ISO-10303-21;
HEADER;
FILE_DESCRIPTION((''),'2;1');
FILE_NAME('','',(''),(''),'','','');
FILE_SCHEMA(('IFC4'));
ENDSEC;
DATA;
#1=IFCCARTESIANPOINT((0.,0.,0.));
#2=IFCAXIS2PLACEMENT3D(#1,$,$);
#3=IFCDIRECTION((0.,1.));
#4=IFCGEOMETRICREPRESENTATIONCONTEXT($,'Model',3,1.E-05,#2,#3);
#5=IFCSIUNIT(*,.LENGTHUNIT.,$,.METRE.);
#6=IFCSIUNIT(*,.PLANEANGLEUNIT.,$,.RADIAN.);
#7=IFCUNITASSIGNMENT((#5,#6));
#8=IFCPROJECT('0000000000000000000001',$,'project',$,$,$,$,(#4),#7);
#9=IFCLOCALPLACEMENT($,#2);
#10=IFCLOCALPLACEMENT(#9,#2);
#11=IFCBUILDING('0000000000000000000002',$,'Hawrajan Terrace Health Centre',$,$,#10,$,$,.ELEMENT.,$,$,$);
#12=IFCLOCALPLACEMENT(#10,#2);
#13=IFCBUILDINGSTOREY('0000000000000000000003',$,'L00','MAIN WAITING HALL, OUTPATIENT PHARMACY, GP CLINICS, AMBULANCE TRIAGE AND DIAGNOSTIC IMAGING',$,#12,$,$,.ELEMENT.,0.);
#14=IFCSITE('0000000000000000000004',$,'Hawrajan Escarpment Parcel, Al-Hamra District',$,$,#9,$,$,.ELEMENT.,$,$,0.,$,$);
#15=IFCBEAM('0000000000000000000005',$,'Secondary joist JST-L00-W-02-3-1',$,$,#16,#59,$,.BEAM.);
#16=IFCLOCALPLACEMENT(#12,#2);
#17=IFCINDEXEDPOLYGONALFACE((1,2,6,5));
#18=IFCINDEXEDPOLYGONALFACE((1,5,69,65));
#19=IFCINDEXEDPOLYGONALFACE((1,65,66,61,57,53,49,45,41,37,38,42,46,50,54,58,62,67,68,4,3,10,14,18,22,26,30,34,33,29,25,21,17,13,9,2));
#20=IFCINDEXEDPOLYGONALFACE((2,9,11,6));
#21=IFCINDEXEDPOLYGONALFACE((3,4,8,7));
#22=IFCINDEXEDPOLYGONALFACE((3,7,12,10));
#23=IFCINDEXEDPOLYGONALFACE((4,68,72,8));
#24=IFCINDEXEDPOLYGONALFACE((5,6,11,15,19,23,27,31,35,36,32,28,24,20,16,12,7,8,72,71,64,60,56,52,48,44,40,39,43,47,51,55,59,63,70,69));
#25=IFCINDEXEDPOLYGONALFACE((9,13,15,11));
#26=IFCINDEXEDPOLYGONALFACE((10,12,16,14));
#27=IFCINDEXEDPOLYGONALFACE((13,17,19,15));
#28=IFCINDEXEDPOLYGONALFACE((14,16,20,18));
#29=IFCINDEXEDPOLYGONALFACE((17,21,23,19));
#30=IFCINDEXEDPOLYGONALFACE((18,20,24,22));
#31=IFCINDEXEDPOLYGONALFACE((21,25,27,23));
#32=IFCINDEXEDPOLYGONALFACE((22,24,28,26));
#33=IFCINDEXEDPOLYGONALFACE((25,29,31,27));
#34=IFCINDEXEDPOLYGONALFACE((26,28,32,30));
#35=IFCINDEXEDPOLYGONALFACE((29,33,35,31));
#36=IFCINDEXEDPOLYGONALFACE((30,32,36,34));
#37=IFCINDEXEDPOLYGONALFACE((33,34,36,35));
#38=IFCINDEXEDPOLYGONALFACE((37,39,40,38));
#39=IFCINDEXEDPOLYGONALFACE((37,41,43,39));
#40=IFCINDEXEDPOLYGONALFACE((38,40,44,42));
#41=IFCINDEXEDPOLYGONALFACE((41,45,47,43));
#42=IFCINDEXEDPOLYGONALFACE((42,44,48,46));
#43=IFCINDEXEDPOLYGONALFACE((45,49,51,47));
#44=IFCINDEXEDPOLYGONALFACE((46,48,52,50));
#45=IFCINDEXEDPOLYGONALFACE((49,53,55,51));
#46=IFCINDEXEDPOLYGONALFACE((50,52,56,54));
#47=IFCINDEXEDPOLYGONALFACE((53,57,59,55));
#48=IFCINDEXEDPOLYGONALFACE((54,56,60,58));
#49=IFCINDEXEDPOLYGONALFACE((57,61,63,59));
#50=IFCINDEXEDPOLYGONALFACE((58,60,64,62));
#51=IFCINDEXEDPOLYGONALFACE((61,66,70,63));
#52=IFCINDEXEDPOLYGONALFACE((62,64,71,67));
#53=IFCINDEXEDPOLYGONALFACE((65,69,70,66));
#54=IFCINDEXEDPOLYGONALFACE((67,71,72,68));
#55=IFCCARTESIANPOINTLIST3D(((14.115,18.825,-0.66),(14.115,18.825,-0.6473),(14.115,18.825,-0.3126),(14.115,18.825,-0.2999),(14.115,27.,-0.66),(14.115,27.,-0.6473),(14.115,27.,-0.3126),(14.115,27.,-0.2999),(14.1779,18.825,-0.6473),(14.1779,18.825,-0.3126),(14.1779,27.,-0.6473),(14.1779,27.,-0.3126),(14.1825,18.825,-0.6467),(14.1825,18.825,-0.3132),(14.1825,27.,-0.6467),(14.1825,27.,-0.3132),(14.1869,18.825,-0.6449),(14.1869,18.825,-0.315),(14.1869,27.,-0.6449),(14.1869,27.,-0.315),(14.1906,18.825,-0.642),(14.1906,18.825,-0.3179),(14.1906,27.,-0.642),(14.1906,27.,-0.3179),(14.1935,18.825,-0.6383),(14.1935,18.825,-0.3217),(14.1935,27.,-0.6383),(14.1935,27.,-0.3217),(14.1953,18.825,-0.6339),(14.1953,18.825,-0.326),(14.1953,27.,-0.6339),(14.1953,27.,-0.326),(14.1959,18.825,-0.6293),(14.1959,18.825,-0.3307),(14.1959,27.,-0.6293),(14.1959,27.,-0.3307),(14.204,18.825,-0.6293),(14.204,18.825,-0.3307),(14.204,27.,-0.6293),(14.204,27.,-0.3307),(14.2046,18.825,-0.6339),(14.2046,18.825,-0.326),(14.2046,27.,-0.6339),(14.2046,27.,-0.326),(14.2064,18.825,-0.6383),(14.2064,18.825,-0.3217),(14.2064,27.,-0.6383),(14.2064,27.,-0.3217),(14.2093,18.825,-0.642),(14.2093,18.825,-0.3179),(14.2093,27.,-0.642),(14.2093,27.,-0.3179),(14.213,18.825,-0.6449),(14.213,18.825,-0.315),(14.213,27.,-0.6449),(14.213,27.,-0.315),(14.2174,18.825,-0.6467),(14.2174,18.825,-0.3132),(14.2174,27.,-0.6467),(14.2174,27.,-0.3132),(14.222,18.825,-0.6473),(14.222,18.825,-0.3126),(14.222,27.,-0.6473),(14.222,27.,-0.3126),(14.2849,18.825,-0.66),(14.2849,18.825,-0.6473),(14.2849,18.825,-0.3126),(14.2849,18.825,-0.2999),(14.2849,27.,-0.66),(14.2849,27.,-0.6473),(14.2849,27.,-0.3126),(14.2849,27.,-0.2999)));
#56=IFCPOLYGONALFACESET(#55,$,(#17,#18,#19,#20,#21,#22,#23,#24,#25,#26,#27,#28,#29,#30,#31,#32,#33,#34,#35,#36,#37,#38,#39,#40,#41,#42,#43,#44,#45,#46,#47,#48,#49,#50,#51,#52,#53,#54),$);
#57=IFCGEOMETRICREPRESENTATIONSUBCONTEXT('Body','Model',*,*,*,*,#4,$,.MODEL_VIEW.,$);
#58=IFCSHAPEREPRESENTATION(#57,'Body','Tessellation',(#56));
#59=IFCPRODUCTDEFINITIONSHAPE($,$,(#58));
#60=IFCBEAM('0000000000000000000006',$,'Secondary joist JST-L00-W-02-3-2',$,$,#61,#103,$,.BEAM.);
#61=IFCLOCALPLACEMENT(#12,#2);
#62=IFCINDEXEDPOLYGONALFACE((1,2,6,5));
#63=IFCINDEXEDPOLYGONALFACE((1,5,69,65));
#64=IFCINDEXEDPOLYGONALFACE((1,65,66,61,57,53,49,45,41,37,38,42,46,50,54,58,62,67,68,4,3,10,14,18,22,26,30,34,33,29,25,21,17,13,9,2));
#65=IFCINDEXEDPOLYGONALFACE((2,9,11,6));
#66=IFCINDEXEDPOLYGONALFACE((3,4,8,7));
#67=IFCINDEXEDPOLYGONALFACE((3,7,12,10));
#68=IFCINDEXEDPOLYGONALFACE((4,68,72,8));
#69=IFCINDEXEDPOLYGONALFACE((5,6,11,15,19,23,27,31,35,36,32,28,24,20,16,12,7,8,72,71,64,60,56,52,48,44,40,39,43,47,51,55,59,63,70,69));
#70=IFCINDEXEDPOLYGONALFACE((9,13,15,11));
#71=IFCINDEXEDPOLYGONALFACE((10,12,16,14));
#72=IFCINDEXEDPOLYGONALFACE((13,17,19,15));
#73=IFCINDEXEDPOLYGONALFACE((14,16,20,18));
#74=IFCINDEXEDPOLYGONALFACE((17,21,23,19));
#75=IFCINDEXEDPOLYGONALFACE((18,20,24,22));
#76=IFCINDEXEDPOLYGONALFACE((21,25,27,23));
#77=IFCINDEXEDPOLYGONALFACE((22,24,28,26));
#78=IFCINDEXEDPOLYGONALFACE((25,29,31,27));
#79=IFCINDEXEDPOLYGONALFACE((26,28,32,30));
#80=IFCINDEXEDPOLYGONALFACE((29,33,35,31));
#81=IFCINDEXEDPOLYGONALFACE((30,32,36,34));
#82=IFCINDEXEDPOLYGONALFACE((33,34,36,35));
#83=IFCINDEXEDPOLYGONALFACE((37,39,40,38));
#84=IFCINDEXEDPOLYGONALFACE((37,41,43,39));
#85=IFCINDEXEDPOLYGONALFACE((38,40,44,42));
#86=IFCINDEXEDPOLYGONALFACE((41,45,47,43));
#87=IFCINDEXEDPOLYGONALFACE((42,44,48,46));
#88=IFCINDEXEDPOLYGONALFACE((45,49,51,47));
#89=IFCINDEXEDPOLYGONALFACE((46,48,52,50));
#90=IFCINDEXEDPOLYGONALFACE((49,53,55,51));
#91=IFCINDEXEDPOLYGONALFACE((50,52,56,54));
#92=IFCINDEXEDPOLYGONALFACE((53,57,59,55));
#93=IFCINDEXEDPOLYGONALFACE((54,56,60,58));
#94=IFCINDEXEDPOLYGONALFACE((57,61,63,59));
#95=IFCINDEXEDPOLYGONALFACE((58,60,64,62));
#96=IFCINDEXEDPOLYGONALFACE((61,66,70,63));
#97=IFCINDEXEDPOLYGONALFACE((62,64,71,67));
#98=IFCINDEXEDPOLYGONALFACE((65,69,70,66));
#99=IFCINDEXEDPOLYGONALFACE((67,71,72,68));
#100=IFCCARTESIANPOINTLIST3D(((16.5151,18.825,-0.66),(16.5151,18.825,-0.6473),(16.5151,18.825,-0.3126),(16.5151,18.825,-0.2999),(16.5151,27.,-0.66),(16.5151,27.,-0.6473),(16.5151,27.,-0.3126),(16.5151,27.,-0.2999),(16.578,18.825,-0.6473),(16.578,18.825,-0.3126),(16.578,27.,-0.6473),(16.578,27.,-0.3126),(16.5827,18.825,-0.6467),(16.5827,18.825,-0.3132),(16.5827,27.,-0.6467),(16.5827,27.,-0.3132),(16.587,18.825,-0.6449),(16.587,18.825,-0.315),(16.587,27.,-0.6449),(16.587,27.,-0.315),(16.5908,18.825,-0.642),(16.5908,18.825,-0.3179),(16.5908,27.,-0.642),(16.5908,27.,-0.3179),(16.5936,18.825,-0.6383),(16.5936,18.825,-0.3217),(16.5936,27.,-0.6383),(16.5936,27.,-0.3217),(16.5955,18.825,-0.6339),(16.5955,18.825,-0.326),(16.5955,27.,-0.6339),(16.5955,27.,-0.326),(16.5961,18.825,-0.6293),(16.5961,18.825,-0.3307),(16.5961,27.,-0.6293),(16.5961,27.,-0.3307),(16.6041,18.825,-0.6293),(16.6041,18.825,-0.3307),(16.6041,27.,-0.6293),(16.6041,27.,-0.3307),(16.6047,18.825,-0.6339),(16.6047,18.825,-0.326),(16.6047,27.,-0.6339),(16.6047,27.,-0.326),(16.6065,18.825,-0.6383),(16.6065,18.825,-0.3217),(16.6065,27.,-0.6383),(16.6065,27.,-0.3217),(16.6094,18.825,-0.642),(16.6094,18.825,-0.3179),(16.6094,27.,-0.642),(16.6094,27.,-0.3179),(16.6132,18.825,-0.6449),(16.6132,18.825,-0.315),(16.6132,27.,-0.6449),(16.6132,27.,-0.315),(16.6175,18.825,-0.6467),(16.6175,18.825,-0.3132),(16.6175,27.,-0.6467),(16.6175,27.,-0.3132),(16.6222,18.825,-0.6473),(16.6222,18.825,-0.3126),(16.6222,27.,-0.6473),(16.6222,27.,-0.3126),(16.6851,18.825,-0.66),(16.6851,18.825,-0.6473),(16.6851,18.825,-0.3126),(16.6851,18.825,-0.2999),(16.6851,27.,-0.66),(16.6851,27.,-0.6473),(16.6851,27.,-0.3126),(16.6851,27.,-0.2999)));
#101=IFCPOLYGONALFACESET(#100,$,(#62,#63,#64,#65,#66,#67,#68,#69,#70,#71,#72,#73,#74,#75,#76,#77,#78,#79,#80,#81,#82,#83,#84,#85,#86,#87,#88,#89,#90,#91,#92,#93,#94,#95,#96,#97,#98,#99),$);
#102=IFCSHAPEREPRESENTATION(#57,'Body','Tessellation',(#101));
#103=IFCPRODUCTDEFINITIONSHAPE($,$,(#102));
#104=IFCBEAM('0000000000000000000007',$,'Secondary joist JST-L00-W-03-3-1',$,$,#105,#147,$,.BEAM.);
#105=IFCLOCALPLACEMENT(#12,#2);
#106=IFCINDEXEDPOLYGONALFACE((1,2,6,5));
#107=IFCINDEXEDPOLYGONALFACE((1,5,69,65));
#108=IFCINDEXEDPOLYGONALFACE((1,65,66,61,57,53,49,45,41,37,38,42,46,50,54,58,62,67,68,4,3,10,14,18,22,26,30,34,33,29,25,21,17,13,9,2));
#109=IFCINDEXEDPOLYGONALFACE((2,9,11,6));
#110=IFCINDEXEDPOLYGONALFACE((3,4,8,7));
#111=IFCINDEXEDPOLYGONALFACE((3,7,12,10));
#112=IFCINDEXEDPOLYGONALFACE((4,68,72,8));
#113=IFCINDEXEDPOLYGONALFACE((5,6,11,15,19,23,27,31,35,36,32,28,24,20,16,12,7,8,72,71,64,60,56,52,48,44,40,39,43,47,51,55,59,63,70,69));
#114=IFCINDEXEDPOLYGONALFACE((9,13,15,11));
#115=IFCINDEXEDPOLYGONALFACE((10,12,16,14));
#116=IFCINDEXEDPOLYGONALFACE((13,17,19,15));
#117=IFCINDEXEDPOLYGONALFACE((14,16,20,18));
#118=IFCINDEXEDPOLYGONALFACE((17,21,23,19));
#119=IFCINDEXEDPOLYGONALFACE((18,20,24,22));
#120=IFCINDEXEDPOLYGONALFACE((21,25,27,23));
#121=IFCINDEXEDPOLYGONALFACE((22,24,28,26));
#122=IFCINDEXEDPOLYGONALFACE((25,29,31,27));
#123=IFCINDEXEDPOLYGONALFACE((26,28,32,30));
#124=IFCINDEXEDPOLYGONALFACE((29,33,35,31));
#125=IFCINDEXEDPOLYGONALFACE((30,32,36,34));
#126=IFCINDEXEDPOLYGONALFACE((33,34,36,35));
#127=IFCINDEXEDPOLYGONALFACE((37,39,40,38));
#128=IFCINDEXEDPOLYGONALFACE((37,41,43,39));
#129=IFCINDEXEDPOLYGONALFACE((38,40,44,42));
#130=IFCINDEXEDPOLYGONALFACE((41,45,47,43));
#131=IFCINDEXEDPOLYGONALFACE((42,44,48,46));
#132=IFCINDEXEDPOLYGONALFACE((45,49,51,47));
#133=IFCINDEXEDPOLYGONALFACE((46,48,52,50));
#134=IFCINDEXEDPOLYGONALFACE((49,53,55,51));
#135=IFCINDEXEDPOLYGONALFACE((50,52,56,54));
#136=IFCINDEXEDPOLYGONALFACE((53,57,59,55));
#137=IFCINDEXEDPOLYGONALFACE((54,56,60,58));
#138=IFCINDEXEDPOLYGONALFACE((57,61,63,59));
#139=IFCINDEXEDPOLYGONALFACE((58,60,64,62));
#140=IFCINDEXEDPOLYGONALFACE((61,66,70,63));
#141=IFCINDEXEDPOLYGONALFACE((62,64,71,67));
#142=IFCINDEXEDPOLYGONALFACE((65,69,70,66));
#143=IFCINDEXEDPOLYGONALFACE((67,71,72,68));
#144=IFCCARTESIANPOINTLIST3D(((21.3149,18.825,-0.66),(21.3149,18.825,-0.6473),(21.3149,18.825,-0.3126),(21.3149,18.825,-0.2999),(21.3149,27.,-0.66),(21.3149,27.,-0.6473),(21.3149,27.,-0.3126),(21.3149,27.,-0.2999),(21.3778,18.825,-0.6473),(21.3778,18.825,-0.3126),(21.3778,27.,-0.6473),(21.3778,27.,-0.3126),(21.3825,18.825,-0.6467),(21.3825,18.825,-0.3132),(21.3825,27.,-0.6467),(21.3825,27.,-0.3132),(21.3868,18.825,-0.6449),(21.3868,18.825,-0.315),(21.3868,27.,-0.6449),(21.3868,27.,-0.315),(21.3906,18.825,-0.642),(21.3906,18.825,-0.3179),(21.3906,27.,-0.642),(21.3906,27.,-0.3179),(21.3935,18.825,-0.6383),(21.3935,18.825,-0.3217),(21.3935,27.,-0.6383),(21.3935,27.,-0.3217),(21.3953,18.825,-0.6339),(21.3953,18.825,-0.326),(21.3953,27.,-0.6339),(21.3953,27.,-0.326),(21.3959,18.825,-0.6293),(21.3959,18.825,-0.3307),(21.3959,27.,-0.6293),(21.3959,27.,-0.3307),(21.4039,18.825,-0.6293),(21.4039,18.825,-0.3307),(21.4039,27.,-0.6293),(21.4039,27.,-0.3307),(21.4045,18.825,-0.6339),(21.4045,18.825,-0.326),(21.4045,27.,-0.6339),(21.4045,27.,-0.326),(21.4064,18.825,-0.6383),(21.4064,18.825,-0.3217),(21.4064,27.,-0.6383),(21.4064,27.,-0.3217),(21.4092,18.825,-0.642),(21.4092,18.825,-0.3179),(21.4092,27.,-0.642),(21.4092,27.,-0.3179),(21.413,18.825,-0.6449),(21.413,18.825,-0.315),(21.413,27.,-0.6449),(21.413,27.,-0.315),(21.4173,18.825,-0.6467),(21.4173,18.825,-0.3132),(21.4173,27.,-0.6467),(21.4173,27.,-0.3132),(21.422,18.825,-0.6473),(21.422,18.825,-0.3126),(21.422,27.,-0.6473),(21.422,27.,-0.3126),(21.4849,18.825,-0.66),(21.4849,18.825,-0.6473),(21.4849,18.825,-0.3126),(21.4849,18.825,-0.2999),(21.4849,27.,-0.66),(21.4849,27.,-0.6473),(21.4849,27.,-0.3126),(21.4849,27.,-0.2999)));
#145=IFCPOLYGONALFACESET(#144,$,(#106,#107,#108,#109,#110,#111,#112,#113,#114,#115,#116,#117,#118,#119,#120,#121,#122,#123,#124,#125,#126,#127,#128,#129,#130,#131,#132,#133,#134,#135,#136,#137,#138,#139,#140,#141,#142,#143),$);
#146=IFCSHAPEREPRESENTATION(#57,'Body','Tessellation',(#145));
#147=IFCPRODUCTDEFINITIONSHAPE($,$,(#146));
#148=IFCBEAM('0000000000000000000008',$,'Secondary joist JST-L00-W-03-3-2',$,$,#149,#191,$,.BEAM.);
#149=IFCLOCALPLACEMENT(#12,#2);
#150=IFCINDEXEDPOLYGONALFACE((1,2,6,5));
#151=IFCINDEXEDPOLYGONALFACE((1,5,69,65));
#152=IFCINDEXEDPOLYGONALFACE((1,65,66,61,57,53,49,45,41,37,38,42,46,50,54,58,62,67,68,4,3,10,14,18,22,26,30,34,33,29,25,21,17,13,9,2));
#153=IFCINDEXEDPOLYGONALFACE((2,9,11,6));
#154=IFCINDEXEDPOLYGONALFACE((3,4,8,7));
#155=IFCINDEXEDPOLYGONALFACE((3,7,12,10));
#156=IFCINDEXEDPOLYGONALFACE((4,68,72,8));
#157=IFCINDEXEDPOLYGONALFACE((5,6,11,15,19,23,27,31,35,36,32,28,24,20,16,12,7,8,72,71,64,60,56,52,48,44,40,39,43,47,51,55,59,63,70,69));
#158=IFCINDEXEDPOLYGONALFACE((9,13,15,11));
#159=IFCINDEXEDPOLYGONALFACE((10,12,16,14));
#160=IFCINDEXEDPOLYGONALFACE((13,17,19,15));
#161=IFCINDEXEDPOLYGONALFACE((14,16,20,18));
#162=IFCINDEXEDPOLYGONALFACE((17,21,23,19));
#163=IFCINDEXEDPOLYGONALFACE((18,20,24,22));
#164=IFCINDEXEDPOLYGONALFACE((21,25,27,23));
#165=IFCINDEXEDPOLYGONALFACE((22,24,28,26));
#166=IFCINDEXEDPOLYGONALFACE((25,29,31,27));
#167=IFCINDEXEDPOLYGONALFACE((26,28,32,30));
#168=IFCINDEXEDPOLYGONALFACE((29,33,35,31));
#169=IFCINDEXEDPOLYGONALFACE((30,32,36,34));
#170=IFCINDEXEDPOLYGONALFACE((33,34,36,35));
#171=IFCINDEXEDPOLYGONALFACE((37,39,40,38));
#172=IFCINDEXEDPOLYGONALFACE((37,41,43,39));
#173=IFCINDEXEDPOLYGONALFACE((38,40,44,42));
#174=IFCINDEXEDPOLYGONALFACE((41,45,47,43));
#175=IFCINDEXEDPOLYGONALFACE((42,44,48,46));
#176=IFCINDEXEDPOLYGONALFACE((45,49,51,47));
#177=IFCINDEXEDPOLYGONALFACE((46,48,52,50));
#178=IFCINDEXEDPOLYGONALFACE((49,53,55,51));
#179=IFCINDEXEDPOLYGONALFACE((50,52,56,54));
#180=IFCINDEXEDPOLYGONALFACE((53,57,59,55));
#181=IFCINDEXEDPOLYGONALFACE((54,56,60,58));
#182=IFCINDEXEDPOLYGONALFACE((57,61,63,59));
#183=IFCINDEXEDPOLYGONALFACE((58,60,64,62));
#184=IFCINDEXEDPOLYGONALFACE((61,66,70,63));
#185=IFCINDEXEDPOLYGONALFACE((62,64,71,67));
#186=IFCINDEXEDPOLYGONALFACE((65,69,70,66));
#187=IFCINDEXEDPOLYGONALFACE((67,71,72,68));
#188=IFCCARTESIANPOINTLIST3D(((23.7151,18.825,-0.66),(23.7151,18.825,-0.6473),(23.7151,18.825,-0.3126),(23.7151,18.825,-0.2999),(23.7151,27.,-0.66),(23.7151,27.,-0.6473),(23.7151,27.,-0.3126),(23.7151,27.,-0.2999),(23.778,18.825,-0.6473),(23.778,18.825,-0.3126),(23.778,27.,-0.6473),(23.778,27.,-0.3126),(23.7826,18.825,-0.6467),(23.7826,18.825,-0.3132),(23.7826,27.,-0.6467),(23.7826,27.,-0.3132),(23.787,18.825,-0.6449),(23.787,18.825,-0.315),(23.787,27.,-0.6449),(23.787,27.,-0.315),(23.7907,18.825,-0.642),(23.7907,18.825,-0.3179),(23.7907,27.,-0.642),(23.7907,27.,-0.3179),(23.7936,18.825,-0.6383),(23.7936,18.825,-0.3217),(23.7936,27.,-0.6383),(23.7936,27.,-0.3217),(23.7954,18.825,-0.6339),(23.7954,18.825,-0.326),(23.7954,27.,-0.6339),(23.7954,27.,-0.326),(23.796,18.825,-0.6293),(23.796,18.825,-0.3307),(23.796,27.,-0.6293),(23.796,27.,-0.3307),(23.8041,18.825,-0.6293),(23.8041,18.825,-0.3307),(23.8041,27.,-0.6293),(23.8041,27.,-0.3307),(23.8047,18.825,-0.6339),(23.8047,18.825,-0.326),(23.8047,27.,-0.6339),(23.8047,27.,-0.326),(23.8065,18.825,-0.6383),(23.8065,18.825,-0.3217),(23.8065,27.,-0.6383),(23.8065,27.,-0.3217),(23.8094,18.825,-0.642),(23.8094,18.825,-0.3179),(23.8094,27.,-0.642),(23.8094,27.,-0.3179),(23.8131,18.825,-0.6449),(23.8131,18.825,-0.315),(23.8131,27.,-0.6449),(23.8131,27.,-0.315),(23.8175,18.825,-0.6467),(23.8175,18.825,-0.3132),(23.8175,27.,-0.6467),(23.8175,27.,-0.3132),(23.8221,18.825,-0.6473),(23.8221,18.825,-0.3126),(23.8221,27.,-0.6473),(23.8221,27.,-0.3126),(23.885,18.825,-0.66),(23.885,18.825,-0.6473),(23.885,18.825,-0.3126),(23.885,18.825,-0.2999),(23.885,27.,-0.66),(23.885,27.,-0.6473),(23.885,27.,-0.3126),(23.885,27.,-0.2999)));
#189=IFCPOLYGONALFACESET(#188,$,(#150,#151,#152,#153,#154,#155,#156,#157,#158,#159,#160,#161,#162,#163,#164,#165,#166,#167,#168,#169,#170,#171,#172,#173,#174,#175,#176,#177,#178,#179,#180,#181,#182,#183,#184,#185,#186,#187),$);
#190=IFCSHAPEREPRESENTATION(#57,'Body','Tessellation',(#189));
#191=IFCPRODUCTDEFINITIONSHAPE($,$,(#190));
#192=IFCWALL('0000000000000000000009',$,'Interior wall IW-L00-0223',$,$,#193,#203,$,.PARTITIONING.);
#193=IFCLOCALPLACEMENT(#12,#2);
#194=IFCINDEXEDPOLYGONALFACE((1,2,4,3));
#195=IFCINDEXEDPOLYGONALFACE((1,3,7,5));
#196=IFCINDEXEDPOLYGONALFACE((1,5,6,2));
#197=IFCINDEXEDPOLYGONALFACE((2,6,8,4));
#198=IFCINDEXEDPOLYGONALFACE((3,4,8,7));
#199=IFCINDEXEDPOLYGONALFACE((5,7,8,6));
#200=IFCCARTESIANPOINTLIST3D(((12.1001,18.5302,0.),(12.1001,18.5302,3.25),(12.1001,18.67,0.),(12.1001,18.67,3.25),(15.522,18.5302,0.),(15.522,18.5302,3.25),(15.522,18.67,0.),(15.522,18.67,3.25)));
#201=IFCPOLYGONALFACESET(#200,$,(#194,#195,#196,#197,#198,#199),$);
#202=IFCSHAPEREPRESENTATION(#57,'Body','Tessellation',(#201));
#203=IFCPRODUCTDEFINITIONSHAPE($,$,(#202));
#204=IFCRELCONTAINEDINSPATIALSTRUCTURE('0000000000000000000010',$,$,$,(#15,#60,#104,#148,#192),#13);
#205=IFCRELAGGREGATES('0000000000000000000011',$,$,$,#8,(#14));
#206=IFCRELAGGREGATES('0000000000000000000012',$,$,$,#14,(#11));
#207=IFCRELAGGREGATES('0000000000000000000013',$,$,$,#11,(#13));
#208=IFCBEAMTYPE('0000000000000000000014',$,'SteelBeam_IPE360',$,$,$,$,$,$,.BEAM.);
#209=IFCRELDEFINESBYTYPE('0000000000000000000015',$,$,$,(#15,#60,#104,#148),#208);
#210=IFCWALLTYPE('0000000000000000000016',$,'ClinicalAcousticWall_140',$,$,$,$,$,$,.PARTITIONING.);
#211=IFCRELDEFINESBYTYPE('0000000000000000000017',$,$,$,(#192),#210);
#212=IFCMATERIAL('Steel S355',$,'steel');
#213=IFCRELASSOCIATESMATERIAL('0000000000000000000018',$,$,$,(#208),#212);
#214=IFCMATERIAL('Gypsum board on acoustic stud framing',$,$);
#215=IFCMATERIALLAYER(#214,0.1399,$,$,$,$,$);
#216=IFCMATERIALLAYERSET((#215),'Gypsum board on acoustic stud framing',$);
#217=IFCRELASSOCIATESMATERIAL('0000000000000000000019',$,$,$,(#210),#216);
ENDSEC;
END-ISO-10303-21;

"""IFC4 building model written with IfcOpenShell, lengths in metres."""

from ifc_helpers import new_model, si_unit, direction, frame, frame_2d, origin, origin_2d, place, context, subcontext, project, spatial, rectangle, i_section, extrude, material, layer, layer_set, material_profile, profile_set, type_object, element, save


model = new_model("IFC4")

# Units and contexts
model_context = context("Model", 3, precision=1e-05, world=origin(), true_north=direction((0.0, 1.0)))
body_context = subcontext(model_context, "Body", "Model", "MODEL_VIEW")
ifc_project = project(units=[si_unit("LENGTHUNIT", "METRE"), si_unit("PLANEANGLEUNIT", "RADIAN")], contexts=[model_context])

# Site, building, storey
site_placement = place(None, origin())
site = spatial("IfcSite", under=ifc_project, at=site_placement, Name="Hawrajan Escarpment Parcel, Al-Hamra District", CompositionType="ELEMENT", RefElevation=0.0)
building_placement = place(site_placement, origin())
building = spatial("IfcBuilding", under=site, at=building_placement, Name="Hawrajan Terrace Health Centre", CompositionType="ELEMENT")
storey_placement = place(building_placement, origin())
storey = spatial("IfcBuildingStorey", under=building, at=storey_placement, Name="L00", Description="MAIN WAITING HALL, OUTPATIENT PHARMACY, GP CLINICS, AMBULANCE TRIAGE AND DIAGNOSTIC IMAGING", CompositionType="ELEMENT", Elevation=0.0)

# Beams
ifc_material_1 = material(Name="Steel S355", Category="steel")
ifc_material_profile_1 = material_profile(ifc_material_1, i_section(OverallWidth=0.1699, OverallDepth=0.3601, WebThickness=0.0081, FlangeThickness=0.0127, FilletRadius=0.0181, at=origin_2d()), Name="IPE 360")
ifc_profile_set_1 = profile_set([ifc_material_profile_1], Name="Steel S355")
beam_type_1 = type_object("IfcBeamType", Name="SteelBeam_IPE360", PredefinedType="BEAM", material=ifc_profile_set_1)
for number, where, z_axis, x_axis, name in (
    (1, (14.2, 18.825, -0.48), (0.0, 1.0, 0.0), (-1.0, 0.0, 0.0), "Secondary joist JST-L00-W-02-3-1"),
    (2, (16.6001, 18.825, -0.48), (0.0, 1.0, 0.0), (-1.0, 0.0, 0.0), "Secondary joist JST-L00-W-02-3-2"),
    (3, (21.3999, 18.825, -0.48), (0.0, 1.0, 0.0), (-1.0, 0.0, 0.0), "Secondary joist JST-L00-W-03-3-1"),
    (4, (23.8, 18.825, -0.48), (0.0, 1.0, 0.0), (-1.0, 0.0, 0.0), "Secondary joist JST-L00-W-03-3-2"),
):
    element("IfcBeam", number, at=place(storey_placement, frame(where, z_axis=z_axis, x_axis=x_axis)), inside=storey, type_object=beam_type_1, Name=name, PredefinedType="BEAM", context=body_context, shape_type="SweptSolid", body=[
        extrude(i_section(OverallWidth=0.1699, OverallDepth=0.3601, WebThickness=0.0081, FlangeThickness=0.0127, FilletRadius=0.0181, at=origin_2d()), origin(), (0.0, 0.0, 1.0), 8.175),
    ])

# Wall
ifc_material_2 = material(Name="Gypsum board on acoustic stud framing")
ifc_layer = layer(ifc_material_2, 0.1399)
ifc_layer_set = layer_set([ifc_layer], Name="Gypsum board on acoustic stud framing")
wall_type = type_object("IfcWallType", Name="ClinicalAcousticWall_140", PredefinedType="PARTITIONING", material=ifc_layer_set)
wall_1_placement = place(storey_placement, frame((12.1001, 18.6001, 0.0), z_axis=(0.0, 0.0, 1.0), x_axis=(1.0, 0.0, 0.0)))
element("IfcWall", 5, at=wall_1_placement, inside=storey, type_object=wall_type, Name="Interior wall IW-L00-0223", PredefinedType="PARTITIONING", context=body_context, shape_type="SweptSolid", body=[
    extrude(rectangle(XDim=3.4219, YDim=0.1399, at=frame_2d((1.7109, 0.0))), origin(), (0.0, 0.0, 1.0), 3.25),
])

save(model, "model.ifc")
